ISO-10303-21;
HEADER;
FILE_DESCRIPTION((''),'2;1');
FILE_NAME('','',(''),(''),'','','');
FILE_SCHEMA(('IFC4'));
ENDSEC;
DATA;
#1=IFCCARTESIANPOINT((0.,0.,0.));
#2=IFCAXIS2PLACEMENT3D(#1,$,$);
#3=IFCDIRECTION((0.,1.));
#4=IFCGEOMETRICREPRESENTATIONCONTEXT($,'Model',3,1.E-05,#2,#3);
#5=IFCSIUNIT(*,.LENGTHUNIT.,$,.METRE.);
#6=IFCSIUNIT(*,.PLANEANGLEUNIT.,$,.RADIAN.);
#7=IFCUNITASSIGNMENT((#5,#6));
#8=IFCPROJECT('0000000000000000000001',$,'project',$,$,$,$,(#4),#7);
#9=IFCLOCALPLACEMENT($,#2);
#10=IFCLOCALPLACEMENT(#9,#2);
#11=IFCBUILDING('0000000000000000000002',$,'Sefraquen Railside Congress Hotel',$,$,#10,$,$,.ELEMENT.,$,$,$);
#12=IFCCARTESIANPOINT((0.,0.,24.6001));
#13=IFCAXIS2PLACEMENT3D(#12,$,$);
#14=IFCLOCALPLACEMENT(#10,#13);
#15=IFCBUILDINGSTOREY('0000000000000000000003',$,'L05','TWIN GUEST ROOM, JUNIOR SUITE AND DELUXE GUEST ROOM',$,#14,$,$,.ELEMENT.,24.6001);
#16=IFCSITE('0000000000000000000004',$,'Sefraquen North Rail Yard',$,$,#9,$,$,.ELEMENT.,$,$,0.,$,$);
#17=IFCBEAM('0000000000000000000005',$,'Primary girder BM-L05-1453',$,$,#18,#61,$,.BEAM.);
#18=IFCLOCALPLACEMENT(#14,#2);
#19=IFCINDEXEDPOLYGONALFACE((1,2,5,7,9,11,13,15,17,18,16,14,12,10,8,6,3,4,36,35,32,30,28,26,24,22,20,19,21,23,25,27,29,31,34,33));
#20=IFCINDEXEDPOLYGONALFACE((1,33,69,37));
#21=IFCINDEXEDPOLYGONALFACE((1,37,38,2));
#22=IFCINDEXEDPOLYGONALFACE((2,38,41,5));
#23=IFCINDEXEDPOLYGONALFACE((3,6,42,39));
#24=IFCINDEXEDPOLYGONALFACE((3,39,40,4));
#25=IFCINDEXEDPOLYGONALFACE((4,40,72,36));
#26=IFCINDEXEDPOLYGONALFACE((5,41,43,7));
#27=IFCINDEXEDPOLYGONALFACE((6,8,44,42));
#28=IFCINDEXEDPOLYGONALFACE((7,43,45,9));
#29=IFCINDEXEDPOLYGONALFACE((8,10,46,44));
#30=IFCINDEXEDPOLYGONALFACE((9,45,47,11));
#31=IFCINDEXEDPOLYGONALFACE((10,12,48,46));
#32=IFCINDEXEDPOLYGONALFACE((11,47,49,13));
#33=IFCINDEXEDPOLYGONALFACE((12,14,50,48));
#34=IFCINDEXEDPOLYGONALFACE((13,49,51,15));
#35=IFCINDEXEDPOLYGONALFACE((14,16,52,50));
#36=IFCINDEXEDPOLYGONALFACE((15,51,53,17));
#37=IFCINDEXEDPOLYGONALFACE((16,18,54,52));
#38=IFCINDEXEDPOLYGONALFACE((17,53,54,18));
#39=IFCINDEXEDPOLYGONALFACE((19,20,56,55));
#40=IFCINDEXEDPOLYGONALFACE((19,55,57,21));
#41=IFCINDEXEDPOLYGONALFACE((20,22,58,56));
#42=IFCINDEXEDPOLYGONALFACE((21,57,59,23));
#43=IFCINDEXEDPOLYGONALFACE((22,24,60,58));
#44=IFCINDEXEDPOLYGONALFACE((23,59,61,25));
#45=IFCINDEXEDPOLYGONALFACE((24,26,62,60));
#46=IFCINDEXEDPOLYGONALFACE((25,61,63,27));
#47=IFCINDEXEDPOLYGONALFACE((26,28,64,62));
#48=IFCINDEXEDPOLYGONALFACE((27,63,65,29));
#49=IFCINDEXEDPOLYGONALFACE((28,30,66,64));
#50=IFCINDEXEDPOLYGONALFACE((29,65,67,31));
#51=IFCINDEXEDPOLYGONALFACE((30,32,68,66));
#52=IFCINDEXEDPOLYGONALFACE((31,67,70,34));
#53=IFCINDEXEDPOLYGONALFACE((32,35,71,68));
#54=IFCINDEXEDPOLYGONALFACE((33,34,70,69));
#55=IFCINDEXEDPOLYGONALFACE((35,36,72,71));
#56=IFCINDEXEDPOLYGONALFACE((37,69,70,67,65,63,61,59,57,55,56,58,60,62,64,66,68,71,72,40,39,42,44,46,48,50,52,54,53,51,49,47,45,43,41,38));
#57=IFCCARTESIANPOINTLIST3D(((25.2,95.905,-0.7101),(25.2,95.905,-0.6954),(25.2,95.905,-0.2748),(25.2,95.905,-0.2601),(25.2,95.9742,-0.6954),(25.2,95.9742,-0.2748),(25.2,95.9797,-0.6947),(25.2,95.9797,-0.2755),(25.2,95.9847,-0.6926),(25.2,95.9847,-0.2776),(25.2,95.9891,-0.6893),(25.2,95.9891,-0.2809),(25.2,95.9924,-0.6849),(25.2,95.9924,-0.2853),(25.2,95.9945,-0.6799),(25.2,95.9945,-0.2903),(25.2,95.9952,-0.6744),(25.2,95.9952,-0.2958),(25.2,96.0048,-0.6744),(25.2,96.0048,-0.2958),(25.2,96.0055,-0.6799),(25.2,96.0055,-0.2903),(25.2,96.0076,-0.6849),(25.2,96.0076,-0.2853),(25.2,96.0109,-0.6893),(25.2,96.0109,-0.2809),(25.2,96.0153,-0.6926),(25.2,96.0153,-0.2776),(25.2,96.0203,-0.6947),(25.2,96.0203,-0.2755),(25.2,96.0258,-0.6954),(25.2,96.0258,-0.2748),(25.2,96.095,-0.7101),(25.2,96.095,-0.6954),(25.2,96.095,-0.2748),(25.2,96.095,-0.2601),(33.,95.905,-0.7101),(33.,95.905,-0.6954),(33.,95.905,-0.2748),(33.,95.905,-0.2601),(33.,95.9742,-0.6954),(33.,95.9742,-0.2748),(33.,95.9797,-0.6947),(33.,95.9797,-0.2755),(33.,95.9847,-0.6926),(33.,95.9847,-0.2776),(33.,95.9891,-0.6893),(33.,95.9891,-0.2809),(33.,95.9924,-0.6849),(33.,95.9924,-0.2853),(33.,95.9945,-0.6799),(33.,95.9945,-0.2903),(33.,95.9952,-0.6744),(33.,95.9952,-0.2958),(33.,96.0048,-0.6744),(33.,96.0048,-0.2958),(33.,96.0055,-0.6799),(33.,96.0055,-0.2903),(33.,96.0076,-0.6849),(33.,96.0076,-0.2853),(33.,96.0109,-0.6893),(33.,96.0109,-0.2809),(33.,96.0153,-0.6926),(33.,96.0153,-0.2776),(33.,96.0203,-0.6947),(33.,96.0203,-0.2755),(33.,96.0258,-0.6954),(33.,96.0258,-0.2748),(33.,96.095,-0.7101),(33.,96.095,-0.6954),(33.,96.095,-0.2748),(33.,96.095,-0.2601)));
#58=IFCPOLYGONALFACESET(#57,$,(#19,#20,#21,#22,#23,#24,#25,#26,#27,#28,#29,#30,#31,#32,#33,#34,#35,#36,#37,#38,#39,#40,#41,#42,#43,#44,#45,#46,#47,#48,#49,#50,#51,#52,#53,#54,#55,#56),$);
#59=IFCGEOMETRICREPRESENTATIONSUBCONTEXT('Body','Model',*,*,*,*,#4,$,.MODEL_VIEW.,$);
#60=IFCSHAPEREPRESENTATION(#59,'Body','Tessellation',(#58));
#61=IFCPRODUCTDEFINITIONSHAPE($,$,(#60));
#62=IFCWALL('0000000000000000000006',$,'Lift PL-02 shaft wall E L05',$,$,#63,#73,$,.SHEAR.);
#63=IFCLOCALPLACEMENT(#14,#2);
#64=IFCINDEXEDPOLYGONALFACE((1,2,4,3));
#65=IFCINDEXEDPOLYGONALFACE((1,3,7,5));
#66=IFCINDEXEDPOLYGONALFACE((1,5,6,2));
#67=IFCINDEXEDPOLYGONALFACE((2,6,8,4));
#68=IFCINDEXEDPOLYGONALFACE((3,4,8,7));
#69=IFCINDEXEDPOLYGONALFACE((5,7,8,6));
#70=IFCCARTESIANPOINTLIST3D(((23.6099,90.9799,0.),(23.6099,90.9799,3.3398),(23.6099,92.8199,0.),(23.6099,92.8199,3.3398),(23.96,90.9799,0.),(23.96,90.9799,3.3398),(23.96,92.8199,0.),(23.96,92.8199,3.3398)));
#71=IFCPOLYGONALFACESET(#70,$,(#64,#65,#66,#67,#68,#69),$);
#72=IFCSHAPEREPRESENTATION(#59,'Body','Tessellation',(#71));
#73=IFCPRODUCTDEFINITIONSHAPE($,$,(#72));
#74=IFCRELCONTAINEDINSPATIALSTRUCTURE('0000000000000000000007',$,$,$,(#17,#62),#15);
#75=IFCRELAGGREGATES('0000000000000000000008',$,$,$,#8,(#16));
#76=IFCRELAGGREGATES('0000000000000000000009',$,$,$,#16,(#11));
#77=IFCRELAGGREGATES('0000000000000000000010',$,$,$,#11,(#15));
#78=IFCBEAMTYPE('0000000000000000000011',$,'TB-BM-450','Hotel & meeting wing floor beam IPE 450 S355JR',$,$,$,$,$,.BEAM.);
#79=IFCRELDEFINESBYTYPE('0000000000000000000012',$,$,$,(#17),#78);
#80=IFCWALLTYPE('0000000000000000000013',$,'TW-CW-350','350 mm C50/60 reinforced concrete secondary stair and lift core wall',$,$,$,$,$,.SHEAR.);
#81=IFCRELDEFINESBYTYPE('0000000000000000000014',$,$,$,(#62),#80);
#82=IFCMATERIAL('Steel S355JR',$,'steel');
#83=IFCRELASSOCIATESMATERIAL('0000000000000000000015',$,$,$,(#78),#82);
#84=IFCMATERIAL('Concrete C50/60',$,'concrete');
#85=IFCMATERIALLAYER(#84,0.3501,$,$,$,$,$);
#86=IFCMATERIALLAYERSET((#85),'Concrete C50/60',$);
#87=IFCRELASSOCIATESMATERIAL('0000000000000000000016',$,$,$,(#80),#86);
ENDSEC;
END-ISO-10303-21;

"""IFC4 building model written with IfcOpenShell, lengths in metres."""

from ifc_helpers import new_model, si_unit, direction, frame, frame_2d, origin, origin_2d, place, context, subcontext, project, spatial, rectangle, i_section, extrude, material, layer, layer_set, material_profile, profile_set, type_object, element, save


model = new_model("IFC4")

# Units and contexts
model_context = context("Model", 3, precision=1e-05, world=origin(), true_north=direction((0.0, 1.0)))
body_context = subcontext(model_context, "Body", "Model", "MODEL_VIEW")
ifc_project = project(units=[si_unit("LENGTHUNIT", "METRE"), si_unit("PLANEANGLEUNIT", "RADIAN")], contexts=[model_context])

# Site, building, storey
site_placement = place(None, origin())
site = spatial("IfcSite", under=ifc_project, at=site_placement, Name="Sefraquen North Rail Yard", CompositionType="ELEMENT", RefElevation=0.0)
building_placement = place(site_placement, origin())
building = spatial("IfcBuilding", under=site, at=building_placement, Name="Sefraquen Railside Congress Hotel", CompositionType="ELEMENT")
storey_placement = place(building_placement, frame((0.0, 0.0, 24.6001)))
storey = spatial("IfcBuildingStorey", under=building, at=storey_placement, Name="L05", Description="TWIN GUEST ROOM, JUNIOR SUITE AND DELUXE GUEST ROOM", CompositionType="ELEMENT", Elevation=24.6001)

# Shared definitions
ifc_material_1 = material(Name="Steel S355JR", Category="steel")

# Beam
ifc_material_profile_1 = material_profile(ifc_material_1, i_section(OverallWidth=0.1899, OverallDepth=0.45, WebThickness=0.0095, FlangeThickness=0.0146, FilletRadius=0.021, at=origin_2d()), Name="IPE 450")
ifc_profile_set_1 = profile_set([ifc_material_profile_1], Name="Steel S355JR")
beam_type_1 = type_object("IfcBeamType", Name="TB-BM-450", Description="Hotel & meeting wing floor beam IPE 450 S355JR", PredefinedType="BEAM", material=ifc_profile_set_1)
beam_1_placement = place(storey_placement, frame((25.2, 96.0, -0.4851), z_axis=(1.0, 0.0, 0.0), x_axis=(0.0, 1.0, 0.0)))
element("IfcBeam", 1, at=beam_1_placement, inside=storey, type_object=beam_type_1, Name="Primary girder BM-L05-1453", PredefinedType="BEAM", context=body_context, shape_type="SweptSolid", body=[
    extrude(i_section(OverallWidth=0.1899, OverallDepth=0.45, WebThickness=0.0095, FlangeThickness=0.0146, FilletRadius=0.021, at=origin_2d()), origin(), (0.0, 0.0, 1.0), 7.8),
])

# Wall
ifc_material_2 = material(Name="Concrete C50/60", Category="concrete")
ifc_layer = layer(ifc_material_2, 0.3501)
ifc_layer_set = layer_set([ifc_layer], Name="Concrete C50/60")
wall_type = type_object("IfcWallType", Name="TW-CW-350", Description="350 mm C50/60 reinforced concrete secondary stair and lift core wall", PredefinedType="SHEAR", material=ifc_layer_set)
wall_placement = place(storey_placement, frame((23.7849, 90.98, 0.0), z_axis=(0.0, 0.0, 1.0), x_axis=(0.0, 1.0, 0.0)))
element("IfcWall", 2, at=wall_placement, inside=storey, type_object=wall_type, Name="Lift PL-02 shaft wall E L05", PredefinedType="SHEAR", context=body_context, shape_type="SweptSolid", body=[
    extrude(rectangle(XDim=1.8401, YDim=0.3501, at=frame_2d((0.9199, 0.0))), origin(), (0.0, 0.0, 1.0), 3.3398),
])

save(model, "model.ifc")
